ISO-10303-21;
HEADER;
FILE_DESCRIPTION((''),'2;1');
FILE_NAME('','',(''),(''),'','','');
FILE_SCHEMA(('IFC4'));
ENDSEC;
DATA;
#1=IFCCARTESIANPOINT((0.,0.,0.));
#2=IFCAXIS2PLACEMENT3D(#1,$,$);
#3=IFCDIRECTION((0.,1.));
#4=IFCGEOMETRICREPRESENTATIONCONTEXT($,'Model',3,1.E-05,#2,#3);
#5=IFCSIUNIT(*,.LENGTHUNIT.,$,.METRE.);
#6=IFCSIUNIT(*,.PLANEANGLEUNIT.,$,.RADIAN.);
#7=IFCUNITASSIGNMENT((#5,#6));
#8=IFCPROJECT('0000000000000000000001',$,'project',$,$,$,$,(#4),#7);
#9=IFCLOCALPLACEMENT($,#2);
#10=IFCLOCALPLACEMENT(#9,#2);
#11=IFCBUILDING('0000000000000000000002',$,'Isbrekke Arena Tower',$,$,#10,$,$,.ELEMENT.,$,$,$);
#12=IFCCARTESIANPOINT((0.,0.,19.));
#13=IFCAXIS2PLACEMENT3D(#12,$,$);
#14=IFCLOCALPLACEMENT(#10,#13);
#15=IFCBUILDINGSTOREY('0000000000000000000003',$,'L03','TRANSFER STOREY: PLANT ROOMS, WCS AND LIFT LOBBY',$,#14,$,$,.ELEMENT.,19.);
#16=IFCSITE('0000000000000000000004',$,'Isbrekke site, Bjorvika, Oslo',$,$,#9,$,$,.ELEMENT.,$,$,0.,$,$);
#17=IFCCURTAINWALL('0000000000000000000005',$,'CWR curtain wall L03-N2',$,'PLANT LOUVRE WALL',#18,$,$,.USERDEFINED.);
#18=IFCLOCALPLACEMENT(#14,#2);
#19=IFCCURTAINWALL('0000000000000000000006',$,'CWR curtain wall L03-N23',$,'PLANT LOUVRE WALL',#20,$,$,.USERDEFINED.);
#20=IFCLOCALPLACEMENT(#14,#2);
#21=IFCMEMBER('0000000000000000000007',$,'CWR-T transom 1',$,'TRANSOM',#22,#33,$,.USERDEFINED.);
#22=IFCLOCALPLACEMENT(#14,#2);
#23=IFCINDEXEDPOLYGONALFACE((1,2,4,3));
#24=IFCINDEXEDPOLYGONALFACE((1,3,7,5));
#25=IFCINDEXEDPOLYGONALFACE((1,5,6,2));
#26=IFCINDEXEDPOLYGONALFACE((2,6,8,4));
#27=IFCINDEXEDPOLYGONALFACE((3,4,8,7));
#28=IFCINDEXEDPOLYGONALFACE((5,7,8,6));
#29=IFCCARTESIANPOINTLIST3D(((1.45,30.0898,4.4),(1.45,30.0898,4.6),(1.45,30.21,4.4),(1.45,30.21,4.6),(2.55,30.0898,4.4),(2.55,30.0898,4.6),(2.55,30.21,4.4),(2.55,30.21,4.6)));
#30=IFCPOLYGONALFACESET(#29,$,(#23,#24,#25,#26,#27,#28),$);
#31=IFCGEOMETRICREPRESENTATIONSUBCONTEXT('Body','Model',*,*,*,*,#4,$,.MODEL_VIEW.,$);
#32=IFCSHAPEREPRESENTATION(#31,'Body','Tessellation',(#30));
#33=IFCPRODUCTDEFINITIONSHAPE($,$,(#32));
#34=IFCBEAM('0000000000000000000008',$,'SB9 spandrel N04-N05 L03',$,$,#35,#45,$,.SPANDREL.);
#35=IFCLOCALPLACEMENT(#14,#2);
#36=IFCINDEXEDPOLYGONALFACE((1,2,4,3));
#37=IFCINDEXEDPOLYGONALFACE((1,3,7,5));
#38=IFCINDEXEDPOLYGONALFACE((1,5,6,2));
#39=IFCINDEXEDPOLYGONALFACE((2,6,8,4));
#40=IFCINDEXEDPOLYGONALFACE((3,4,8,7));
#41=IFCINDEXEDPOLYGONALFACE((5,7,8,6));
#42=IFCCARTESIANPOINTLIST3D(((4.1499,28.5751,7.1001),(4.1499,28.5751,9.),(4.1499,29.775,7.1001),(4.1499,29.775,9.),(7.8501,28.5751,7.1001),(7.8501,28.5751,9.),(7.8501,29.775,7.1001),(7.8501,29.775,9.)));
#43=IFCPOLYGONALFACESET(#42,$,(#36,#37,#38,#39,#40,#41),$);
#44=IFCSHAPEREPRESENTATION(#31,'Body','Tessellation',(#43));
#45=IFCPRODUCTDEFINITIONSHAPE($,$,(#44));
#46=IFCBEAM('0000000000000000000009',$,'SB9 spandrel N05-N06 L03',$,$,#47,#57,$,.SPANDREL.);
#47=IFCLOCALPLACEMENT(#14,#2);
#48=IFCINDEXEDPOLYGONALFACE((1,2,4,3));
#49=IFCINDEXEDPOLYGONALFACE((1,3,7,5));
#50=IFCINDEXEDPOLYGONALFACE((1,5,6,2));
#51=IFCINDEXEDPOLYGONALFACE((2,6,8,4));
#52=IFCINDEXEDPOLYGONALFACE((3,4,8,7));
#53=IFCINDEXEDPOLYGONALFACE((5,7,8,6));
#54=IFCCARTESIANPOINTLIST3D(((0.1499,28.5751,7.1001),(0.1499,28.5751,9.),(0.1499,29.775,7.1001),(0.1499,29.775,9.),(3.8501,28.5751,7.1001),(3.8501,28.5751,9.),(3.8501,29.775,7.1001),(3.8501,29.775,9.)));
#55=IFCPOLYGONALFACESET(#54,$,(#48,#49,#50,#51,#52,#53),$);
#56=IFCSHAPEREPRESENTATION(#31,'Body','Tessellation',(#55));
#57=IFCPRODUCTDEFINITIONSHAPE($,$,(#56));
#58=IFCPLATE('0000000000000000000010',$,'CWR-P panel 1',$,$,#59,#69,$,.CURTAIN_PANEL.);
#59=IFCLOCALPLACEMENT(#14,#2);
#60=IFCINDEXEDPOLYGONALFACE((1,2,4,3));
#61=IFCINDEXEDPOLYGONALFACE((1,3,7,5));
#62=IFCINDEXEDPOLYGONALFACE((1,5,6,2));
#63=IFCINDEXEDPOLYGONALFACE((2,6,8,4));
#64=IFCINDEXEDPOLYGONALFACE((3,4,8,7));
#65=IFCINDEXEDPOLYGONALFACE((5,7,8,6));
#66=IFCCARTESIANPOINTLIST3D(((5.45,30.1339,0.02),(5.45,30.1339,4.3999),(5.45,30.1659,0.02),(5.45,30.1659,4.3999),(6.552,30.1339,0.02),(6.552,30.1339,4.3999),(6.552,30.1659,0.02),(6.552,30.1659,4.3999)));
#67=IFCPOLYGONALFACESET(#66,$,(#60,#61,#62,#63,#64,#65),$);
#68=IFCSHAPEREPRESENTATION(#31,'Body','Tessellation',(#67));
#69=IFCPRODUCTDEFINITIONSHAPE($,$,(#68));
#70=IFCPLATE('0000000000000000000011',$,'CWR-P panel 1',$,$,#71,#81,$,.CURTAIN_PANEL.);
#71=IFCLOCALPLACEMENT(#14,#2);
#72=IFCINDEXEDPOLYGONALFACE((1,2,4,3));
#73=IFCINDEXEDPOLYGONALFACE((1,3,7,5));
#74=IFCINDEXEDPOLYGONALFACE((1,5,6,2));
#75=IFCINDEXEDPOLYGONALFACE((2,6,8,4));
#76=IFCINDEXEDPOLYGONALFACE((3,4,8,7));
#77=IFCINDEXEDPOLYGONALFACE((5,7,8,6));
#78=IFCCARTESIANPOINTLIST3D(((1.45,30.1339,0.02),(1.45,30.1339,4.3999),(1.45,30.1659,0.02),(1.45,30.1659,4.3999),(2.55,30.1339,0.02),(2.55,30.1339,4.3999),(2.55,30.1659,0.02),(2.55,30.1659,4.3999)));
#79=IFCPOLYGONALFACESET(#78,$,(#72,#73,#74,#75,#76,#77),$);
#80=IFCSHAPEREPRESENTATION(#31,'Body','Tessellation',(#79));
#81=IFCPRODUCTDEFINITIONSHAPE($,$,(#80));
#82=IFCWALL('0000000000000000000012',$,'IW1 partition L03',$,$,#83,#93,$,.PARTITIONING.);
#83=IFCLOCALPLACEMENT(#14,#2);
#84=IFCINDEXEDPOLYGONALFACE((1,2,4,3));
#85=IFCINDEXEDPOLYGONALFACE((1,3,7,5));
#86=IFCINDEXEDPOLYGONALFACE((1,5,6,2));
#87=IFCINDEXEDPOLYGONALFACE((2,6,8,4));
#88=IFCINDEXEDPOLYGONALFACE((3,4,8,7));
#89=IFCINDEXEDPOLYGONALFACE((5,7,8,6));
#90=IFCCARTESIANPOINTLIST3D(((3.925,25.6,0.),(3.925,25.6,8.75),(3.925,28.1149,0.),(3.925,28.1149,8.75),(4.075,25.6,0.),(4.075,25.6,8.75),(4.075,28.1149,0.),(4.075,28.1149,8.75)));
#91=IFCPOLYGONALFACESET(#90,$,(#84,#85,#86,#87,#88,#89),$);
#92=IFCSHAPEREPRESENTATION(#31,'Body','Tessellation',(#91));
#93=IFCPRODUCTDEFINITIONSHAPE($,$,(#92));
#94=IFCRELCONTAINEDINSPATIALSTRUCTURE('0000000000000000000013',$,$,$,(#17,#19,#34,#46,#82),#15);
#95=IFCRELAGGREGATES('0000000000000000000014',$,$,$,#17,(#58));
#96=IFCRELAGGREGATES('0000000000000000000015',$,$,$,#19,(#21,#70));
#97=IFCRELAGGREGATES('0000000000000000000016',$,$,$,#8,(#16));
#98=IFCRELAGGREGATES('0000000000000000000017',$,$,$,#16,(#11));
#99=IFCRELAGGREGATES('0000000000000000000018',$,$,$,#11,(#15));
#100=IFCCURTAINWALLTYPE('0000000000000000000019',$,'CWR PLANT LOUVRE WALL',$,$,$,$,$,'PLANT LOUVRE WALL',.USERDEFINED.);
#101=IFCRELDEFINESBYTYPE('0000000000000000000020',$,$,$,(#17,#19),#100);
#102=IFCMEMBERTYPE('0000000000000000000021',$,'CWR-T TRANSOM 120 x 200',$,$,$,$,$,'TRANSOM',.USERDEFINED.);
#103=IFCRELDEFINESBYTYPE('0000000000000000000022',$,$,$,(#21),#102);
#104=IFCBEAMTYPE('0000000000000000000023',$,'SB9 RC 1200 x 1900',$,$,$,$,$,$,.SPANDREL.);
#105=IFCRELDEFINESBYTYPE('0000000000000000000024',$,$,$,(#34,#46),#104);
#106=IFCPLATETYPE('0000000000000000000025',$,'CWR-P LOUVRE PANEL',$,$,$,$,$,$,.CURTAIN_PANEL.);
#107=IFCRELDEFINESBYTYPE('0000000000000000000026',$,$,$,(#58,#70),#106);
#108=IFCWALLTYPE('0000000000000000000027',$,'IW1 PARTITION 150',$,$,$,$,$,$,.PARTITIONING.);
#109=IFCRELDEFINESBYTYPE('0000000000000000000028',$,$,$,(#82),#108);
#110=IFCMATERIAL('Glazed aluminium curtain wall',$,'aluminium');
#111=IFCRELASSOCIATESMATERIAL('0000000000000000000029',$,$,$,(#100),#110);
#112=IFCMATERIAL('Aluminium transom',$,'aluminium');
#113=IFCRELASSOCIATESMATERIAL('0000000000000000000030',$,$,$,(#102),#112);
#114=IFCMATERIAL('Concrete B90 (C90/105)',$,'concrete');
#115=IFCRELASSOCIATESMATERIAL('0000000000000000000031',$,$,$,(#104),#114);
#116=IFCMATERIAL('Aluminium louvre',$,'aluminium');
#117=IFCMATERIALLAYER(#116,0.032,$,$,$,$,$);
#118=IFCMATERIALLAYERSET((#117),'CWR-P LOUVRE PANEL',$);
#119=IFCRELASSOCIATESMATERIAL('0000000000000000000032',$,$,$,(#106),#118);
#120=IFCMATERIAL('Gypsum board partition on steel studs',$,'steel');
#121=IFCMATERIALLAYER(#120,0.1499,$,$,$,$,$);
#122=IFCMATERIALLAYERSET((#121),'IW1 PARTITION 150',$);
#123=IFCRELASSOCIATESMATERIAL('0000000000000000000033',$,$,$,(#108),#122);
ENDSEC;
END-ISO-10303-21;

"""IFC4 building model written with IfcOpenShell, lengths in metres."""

from ifc_helpers import new_model, si_unit, direction, frame, frame_2d, origin, origin_2d, place, context, subcontext, project, spatial, rectangle, extrude, material, layer, layer_set, material_profile, profile_set, type_object, element, aggregate, save


model = new_model("IFC4")

# Units and contexts
model_context = context("Model", 3, precision=1e-05, world=origin(), true_north=direction((0.0, 1.0)))
body_context = subcontext(model_context, "Body", "Model", "MODEL_VIEW")
ifc_project = project(units=[si_unit("LENGTHUNIT", "METRE"), si_unit("PLANEANGLEUNIT", "RADIAN")], contexts=[model_context])

# Site, building, storey
site_placement = place(None, origin())
site = spatial("IfcSite", under=ifc_project, at=site_placement, Name="Isbrekke site, Bjorvika, Oslo", CompositionType="ELEMENT", RefElevation=0.0)
building_placement = place(site_placement, origin())
building = spatial("IfcBuilding", under=site, at=building_placement, Name="Isbrekke Arena Tower", CompositionType="ELEMENT")
storey_placement = place(building_placement, frame((0.0, 0.0, 19.0)))
storey = spatial("IfcBuildingStorey", under=building, at=storey_placement, Name="L03", Description="TRANSFER STOREY: PLANT ROOMS, WCS AND LIFT LOBBY", CompositionType="ELEMENT", Elevation=19.0)

# Curtain walls
ifc_material_1 = material(Name="Glazed aluminium curtain wall", Category="aluminium")
curtain_wall_type = type_object("IfcCurtainWallType", Name="CWR PLANT LOUVRE WALL", ElementType="PLANT LOUVRE WALL", PredefinedType="USERDEFINED", material=ifc_material_1)
curtain_wall_1_placement = place(storey_placement, origin())
curtain_wall_1 = element("IfcCurtainWall", 1, at=curtain_wall_1_placement, inside=storey, type_object=curtain_wall_type, Name="CWR curtain wall L03-N2", ObjectType="PLANT LOUVRE WALL", PredefinedType="USERDEFINED")
curtain_wall_2_placement = place(storey_placement, origin())
curtain_wall_2 = element("IfcCurtainWall", 2, at=curtain_wall_2_placement, inside=storey, type_object=curtain_wall_type, Name="CWR curtain wall L03-N23", ObjectType="PLANT LOUVRE WALL", PredefinedType="USERDEFINED")

# Member
ifc_material_2 = material(Name="Aluminium transom", Category="aluminium")
ifc_material_profile_1 = material_profile(ifc_material_2, rectangle(XDim=0.1201, YDim=0.2, at=origin_2d()), Name="TRANSOM 120X200")
ifc_profile_set_1 = profile_set([ifc_material_profile_1], Name="Aluminium transom")
member_type_1 = type_object("IfcMemberType", Name="CWR-T TRANSOM 120 x 200", ElementType="TRANSOM", PredefinedType="USERDEFINED", material=ifc_profile_set_1)
member_1_placement = place(storey_placement, frame((2.55, 30.1499, 4.5), z_axis=(-1.0, 0.0, 0.0), x_axis=(0.0, -1.0, 0.0)))
member_1 = element("IfcMember", 3, at=member_1_placement, type_object=member_type_1, Name="CWR-T transom 1", ObjectType="TRANSOM", PredefinedType="USERDEFINED", context=body_context, shape_type="SweptSolid", body=[
    extrude(rectangle(XDim=0.1201, YDim=0.2, at=origin_2d()), origin(), (0.0, 0.0, 1.0), 1.1001),
])

# Beams
ifc_material_3 = material(Name="Concrete B90 (C90/105)", Category="concrete")
ifc_material_profile_2 = material_profile(ifc_material_3, rectangle(XDim=1.2, YDim=1.8999, at=origin_2d()), Name="RC 1200x1900")
ifc_profile_set_2 = profile_set([ifc_material_profile_2], Name="Concrete B90 (C90/105)")
beam_type_1 = type_object("IfcBeamType", Name="SB9 RC 1200 x 1900", PredefinedType="SPANDREL", material=ifc_profile_set_2)
for number, where, z_axis, x_axis, name in (
    (4, (7.8501, 29.175, 8.05), (-1.0, 0.0, 0.0), (0.0, -1.0, 0.0), "SB9 spandrel N04-N05 L03"),
    (5, (3.8501, 29.175, 8.05), (-1.0, 0.0, 0.0), (0.0, -1.0, 0.0), "SB9 spandrel N05-N06 L03"),
):
    element("IfcBeam", number, at=place(storey_placement, frame(where, z_axis=z_axis, x_axis=x_axis)), inside=storey, type_object=beam_type_1, Name=name, PredefinedType="SPANDREL", context=body_context, shape_type="SweptSolid", body=[
        extrude(rectangle(XDim=1.2, YDim=1.8999, at=origin_2d()), origin(), (0.0, 0.0, 1.0), 3.7002),
    ])

# Plates
ifc_material_4 = material(Name="Aluminium louvre", Category="aluminium")
ifc_layer_1 = layer(ifc_material_4, 0.032)
ifc_layer_set_1 = layer_set([ifc_layer_1], Name="CWR-P LOUVRE PANEL")
plate_type = type_object("IfcPlateType", Name="CWR-P LOUVRE PANEL", PredefinedType="CURTAIN_PANEL", material=ifc_layer_set_1)
plate_1_placement = place(storey_placement, frame((6.001, 30.1499, 0.02), z_axis=(0.0, 0.0, 1.0), x_axis=(-1.0, 0.0, 0.0)))
plate_1 = element("IfcPlate", 6, at=plate_1_placement, type_object=plate_type, Name="CWR-P panel 1", PredefinedType="CURTAIN_PANEL", context=body_context, shape_type="SweptSolid", body=[
    extrude(rectangle(XDim=1.1021, YDim=0.032, at=origin_2d()), origin(), (0.0, 0.0, 1.0), 4.3799),
])
aggregate(curtain_wall_1, [plate_1])
plate_2_placement = place(storey_placement, frame((2.0, 30.1499, 0.02), z_axis=(0.0, 0.0, 1.0), x_axis=(-1.0, 0.0, 0.0)))
plate_2 = element("IfcPlate", 7, at=plate_2_placement, type_object=plate_type, Name="CWR-P panel 1", PredefinedType="CURTAIN_PANEL", context=body_context, shape_type="SweptSolid", body=[
    extrude(rectangle(XDim=1.1001, YDim=0.032, at=origin_2d()), origin(), (0.0, 0.0, 1.0), 4.3799),
])
aggregate(curtain_wall_2, [member_1, plate_2])

# Wall
ifc_material_5 = material(Name="Gypsum board partition on steel studs", Category="steel")
ifc_layer_2 = layer(ifc_material_5, 0.1499)
ifc_layer_set_2 = layer_set([ifc_layer_2], Name="IW1 PARTITION 150")
wall_type = type_object("IfcWallType", Name="IW1 PARTITION 150", PredefinedType="PARTITIONING", material=ifc_layer_set_2)
wall_placement = place(storey_placement, frame((4.0, 25.6001, 0.0), z_axis=(0.0, 0.0, 1.0), x_axis=(0.0, 1.0, 0.0)))
element("IfcWall", 8, at=wall_placement, inside=storey, type_object=wall_type, Name="IW1 partition L03", PredefinedType="PARTITIONING", context=body_context, shape_type="SweptSolid", body=[
    extrude(rectangle(XDim=2.5149, YDim=0.1499, at=frame_2d((1.2573, 0.0))), origin(), (0.0, 0.0, 1.0), 8.75),
])

save(model, "model.ifc")
